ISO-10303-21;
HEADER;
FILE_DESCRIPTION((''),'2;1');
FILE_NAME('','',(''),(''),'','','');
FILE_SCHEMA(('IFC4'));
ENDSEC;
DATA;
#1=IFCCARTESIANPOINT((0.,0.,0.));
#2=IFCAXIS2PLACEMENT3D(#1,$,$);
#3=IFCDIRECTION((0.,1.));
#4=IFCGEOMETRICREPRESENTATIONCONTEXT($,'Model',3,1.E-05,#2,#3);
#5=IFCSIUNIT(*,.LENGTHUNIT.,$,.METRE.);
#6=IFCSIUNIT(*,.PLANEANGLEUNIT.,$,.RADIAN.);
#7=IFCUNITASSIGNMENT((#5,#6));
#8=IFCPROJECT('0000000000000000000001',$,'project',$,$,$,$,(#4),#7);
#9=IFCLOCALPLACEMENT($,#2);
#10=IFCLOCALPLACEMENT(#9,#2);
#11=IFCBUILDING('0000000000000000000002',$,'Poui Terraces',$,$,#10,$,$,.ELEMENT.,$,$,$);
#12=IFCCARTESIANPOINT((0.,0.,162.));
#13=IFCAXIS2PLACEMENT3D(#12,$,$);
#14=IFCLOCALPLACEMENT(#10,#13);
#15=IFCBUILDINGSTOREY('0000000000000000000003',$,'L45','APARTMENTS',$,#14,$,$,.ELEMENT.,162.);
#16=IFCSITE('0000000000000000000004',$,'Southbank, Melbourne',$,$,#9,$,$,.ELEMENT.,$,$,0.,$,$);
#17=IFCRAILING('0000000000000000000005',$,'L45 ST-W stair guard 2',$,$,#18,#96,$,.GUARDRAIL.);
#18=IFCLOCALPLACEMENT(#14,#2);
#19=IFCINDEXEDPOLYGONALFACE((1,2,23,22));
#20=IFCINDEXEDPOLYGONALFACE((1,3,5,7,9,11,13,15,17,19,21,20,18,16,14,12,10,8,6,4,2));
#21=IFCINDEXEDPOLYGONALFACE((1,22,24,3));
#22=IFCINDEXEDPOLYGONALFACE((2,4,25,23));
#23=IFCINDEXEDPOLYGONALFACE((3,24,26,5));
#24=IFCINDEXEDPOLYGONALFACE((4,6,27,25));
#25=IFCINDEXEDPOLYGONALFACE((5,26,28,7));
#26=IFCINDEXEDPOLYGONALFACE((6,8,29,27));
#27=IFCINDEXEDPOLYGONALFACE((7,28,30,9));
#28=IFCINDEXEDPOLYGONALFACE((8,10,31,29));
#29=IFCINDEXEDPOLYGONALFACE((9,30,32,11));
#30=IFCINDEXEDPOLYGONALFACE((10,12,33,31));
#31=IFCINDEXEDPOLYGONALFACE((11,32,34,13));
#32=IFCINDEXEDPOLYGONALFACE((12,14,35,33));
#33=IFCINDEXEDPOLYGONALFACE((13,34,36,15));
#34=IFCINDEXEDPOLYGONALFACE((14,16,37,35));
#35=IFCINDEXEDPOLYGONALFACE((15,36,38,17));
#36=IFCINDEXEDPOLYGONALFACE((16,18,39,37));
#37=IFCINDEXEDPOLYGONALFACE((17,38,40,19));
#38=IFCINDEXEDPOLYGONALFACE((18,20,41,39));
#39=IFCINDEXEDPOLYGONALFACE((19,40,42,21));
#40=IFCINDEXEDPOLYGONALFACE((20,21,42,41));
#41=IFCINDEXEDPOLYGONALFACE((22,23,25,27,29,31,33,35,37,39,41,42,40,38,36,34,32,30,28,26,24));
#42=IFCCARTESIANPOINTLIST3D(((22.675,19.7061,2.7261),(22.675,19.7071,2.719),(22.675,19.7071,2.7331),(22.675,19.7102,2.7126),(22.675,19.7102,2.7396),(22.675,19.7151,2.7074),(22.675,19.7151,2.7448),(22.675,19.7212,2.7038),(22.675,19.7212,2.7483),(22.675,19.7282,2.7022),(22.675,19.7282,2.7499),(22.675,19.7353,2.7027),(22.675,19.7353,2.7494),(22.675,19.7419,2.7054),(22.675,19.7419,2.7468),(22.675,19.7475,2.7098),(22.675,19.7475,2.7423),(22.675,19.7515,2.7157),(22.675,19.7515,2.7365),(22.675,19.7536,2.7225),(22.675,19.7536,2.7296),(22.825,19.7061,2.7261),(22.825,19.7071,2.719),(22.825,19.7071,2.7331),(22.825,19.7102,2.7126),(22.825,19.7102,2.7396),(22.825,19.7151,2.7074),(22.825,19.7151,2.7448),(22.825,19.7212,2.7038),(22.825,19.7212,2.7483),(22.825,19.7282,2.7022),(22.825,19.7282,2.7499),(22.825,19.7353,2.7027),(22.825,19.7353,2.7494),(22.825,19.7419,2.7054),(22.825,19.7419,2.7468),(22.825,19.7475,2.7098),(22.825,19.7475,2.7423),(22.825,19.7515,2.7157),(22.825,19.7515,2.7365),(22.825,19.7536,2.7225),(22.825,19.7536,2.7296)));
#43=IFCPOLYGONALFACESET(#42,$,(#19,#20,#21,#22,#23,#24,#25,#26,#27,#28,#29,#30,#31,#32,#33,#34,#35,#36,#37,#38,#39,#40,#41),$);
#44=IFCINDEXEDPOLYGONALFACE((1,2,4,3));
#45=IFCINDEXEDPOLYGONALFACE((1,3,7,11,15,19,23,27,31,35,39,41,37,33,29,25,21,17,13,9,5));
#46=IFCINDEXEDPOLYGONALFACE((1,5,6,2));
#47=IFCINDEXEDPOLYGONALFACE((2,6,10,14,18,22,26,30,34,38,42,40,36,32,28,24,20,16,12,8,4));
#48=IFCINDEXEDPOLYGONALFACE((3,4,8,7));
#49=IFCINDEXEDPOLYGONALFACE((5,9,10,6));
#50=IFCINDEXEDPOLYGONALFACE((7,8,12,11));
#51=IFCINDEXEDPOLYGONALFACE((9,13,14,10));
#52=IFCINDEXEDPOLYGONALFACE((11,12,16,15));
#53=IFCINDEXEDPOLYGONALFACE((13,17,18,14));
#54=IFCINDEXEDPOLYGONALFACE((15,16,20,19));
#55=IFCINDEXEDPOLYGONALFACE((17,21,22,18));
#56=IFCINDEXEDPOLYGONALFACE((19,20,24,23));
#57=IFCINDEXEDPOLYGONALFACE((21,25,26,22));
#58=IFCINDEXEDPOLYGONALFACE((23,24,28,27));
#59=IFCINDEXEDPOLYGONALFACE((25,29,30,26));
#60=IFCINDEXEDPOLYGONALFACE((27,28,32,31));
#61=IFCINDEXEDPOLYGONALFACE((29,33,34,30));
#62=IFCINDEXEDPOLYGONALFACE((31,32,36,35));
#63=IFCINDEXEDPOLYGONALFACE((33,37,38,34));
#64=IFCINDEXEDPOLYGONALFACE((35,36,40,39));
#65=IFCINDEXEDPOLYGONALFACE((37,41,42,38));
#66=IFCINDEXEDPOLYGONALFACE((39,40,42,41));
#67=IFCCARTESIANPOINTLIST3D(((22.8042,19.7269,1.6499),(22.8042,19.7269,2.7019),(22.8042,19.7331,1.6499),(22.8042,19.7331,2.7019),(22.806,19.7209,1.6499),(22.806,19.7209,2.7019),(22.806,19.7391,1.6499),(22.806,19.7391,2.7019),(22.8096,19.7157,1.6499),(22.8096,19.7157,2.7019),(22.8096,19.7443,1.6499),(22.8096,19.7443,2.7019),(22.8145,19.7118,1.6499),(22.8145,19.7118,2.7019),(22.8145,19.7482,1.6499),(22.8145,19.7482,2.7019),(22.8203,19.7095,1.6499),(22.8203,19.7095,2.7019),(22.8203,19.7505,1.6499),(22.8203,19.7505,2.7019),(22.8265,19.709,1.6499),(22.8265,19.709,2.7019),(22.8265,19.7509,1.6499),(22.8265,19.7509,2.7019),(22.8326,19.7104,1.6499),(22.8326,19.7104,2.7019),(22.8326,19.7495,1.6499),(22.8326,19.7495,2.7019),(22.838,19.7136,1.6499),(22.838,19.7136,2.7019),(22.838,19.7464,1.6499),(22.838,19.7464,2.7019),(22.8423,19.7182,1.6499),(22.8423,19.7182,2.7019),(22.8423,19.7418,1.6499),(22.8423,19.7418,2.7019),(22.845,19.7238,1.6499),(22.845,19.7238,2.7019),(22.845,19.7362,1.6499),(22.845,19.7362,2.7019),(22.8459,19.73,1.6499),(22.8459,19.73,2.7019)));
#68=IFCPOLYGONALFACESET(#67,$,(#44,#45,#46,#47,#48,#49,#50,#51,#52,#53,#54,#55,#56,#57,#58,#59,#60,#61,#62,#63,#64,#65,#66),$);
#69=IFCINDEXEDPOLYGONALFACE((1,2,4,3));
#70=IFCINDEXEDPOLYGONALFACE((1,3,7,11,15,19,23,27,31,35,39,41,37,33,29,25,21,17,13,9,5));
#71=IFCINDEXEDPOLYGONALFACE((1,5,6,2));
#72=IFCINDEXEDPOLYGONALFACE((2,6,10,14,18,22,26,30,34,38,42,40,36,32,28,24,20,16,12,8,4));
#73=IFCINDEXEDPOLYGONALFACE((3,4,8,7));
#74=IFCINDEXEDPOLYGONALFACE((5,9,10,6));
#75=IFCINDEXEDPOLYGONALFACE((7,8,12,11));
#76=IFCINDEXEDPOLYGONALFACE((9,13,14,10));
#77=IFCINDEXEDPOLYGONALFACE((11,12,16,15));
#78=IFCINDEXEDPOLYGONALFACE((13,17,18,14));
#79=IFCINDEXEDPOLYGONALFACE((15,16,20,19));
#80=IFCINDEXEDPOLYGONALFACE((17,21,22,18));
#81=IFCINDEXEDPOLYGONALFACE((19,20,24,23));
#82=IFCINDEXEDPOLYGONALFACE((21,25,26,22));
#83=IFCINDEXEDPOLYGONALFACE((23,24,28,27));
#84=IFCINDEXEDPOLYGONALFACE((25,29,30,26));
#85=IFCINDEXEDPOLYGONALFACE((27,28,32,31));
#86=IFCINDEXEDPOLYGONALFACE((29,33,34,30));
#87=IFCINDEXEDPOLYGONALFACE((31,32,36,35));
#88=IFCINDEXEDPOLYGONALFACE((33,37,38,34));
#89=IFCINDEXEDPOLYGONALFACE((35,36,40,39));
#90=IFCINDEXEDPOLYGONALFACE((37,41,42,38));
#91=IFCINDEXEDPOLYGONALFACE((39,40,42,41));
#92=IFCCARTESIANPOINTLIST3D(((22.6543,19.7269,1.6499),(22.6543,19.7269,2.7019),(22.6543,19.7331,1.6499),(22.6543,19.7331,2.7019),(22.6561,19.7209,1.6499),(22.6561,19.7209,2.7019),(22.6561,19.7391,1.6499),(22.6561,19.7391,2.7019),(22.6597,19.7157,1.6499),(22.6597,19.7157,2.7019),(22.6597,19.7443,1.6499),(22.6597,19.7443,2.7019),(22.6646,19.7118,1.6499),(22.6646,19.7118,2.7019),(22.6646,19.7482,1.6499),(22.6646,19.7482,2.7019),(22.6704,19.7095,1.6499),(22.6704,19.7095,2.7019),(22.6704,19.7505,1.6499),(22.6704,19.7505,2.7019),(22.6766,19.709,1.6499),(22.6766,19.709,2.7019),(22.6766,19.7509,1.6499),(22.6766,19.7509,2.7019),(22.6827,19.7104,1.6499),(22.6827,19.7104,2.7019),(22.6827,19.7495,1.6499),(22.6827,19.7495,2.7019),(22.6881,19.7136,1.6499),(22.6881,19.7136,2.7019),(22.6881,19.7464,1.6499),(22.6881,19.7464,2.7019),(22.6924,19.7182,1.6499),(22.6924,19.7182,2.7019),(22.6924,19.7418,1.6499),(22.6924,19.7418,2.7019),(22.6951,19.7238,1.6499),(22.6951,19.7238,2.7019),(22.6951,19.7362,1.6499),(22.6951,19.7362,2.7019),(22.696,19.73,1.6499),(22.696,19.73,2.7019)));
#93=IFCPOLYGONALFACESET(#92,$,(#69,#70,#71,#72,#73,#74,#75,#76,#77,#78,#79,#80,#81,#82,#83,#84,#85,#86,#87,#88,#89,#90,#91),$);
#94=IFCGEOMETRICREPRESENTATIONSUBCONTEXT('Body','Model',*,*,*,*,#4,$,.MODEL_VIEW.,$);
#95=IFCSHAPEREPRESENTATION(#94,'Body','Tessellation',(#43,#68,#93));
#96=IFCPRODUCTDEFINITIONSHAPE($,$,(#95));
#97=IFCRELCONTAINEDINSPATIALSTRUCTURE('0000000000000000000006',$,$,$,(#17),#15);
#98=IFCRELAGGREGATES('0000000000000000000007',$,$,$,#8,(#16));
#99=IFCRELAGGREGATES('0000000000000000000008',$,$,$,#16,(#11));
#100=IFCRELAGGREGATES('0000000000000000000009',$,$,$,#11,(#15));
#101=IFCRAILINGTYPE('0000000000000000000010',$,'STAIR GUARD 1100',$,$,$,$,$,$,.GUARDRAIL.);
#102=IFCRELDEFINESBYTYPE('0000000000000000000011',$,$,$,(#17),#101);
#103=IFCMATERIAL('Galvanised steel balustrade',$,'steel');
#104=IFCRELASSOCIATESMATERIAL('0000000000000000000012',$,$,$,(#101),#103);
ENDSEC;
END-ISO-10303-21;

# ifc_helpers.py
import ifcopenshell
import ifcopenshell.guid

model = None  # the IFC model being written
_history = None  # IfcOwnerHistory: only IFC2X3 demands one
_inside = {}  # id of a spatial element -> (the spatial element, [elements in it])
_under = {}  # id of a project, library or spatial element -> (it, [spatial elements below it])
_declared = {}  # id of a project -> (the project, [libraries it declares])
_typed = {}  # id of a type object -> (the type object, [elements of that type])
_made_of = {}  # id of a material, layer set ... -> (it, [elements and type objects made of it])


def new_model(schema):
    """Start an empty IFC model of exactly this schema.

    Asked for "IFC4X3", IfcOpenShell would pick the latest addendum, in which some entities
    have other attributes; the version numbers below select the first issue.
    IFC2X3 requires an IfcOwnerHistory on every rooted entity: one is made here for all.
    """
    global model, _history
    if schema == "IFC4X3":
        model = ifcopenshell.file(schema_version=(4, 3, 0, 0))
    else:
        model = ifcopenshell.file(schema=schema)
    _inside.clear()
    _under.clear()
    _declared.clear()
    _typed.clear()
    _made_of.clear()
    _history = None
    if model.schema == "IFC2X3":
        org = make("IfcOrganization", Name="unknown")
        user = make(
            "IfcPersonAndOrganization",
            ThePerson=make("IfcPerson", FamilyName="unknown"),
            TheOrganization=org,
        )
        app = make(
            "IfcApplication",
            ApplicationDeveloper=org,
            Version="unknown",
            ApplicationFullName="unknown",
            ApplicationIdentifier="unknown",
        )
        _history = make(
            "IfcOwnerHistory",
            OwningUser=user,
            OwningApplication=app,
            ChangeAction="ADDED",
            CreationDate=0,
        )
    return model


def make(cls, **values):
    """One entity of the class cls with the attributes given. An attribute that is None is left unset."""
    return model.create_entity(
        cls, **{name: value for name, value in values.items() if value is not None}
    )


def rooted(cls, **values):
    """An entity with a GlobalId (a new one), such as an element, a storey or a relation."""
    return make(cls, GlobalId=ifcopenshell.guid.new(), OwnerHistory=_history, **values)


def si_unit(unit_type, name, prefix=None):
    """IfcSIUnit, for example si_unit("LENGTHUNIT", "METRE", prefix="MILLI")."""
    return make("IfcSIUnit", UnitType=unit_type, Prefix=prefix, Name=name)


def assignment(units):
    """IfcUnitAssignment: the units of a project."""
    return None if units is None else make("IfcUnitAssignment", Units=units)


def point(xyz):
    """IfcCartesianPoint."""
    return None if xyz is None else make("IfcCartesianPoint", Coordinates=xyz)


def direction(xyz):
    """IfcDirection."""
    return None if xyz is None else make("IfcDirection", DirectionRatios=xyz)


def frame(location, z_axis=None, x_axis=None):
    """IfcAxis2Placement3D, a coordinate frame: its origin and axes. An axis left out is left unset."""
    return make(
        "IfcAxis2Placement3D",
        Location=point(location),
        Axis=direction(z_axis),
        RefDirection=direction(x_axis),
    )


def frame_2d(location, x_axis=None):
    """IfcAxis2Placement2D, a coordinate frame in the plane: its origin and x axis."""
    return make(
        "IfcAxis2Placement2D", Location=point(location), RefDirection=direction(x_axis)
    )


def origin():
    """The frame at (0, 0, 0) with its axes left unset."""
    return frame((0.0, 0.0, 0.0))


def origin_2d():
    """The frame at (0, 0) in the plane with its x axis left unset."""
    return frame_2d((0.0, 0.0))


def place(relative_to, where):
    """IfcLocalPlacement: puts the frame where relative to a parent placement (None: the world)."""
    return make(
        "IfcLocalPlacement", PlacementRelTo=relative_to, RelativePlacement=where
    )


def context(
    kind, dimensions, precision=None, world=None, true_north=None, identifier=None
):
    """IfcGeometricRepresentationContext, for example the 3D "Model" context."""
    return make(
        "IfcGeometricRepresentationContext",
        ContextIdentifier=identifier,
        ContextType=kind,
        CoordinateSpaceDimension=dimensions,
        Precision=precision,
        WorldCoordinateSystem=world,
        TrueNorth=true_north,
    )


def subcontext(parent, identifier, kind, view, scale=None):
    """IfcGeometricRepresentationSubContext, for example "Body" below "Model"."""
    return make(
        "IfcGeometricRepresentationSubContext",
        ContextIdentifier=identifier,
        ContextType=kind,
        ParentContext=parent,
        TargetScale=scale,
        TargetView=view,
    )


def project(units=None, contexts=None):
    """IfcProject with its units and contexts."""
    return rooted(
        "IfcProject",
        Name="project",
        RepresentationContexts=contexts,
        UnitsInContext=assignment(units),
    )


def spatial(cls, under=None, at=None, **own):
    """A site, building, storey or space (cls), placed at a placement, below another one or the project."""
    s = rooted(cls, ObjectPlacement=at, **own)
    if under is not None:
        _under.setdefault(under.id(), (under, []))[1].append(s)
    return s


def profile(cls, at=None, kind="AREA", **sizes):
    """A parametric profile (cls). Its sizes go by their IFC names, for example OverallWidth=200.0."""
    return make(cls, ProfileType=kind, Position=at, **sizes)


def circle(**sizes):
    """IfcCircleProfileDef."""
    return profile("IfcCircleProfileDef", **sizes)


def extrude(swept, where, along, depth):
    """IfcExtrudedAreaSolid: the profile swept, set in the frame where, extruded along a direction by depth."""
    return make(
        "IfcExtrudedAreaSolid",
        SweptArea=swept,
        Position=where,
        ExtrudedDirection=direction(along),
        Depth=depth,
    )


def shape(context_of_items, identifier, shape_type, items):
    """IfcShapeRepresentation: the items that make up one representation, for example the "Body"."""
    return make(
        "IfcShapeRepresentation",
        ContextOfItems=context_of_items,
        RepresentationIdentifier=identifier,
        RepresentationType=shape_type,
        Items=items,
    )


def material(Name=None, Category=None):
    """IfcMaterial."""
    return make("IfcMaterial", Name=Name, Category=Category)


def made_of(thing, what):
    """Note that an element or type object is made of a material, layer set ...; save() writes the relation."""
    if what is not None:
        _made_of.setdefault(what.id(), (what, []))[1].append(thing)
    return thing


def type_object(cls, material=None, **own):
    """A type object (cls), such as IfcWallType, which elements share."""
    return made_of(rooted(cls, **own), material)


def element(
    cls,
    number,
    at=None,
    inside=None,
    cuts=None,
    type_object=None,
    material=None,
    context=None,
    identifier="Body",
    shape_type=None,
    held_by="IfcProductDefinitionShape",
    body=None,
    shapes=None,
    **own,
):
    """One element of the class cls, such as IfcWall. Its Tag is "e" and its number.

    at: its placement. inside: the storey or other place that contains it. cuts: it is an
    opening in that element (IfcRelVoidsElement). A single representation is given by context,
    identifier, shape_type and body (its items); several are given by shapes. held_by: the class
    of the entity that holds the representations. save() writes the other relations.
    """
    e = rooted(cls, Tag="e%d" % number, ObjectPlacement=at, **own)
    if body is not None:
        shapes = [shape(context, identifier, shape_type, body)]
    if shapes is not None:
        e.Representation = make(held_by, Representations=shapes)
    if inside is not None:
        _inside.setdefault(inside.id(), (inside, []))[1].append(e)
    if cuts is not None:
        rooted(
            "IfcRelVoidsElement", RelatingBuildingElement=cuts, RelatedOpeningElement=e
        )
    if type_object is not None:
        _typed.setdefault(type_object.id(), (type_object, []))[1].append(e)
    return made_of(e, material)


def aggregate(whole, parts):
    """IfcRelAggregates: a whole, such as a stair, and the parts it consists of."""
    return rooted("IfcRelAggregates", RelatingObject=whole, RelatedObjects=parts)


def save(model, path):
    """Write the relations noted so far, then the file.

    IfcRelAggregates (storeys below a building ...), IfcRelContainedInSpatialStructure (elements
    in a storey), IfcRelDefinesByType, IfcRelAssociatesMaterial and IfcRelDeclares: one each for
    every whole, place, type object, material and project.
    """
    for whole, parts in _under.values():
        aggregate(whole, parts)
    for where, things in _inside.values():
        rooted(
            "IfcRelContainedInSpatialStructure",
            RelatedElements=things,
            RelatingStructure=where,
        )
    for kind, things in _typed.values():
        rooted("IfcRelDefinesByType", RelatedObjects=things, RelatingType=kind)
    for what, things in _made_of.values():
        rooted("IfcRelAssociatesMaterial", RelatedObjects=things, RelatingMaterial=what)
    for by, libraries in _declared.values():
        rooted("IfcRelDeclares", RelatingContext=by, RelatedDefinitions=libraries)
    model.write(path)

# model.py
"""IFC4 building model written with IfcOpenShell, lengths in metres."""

from ifc_helpers import new_model, si_unit, direction, frame, origin, origin_2d, place, context, subcontext, project, spatial, circle, extrude, material, type_object, element, save


model = new_model("IFC4")

# Units and contexts
model_context = context("Model", 3, precision=1e-05, world=origin(), true_north=direction((0.0, 1.0)))
body_context = subcontext(model_context, "Body", "Model", "MODEL_VIEW")
ifc_project = project(units=[si_unit("LENGTHUNIT", "METRE"), si_unit("PLANEANGLEUNIT", "RADIAN")], contexts=[model_context])

# Site, building, storey
site_placement = place(None, origin())
site = spatial("IfcSite", under=ifc_project, at=site_placement, Name="Southbank, Melbourne", CompositionType="ELEMENT", RefElevation=0.0)
building_placement = place(site_placement, origin())
building = spatial("IfcBuilding", under=site, at=building_placement, Name="Poui Terraces", CompositionType="ELEMENT")
storey_placement = place(building_placement, frame((0.0, 0.0, 162.0)))
storey = spatial("IfcBuildingStorey", under=building, at=storey_placement, Name="L45", Description="APARTMENTS", CompositionType="ELEMENT", Elevation=162.0)

# Railing
ifc_material_1 = material(Name="Galvanised steel balustrade", Category="steel")
railing_type_1 = type_object("IfcRailingType", Name="STAIR GUARD 1100", PredefinedType="GUARDRAIL", material=ifc_material_1)
railing_1_placement = place(storey_placement, frame((22.825, 19.73, 1.6499)))
element("IfcRailing", 1, at=railing_1_placement, inside=storey, type_object=railing_type_1, Name="L45 ST-W stair guard 2", PredefinedType="GUARDRAIL", context=body_context, shape_type="SweptSolid", body=[
    extrude(circle(Radius=0.0239, at=origin_2d()), frame((0.0, 0.0, 1.0762), z_axis=(-1.0, 0.0, 0.0), x_axis=(0.0, -1.0, 0.0)), (0.0, 0.0, 1.0), 0.1499),
    extrude(circle(Radius=0.021, at=origin_2d()), origin(), (0.0, 0.0, 1.0), 1.052),
    extrude(circle(Radius=0.021, at=origin_2d()), frame((-0.1499, 0.0, 0.0)), (0.0, 0.0, 1.0), 1.052),
])

save(model, "model.ifc")
